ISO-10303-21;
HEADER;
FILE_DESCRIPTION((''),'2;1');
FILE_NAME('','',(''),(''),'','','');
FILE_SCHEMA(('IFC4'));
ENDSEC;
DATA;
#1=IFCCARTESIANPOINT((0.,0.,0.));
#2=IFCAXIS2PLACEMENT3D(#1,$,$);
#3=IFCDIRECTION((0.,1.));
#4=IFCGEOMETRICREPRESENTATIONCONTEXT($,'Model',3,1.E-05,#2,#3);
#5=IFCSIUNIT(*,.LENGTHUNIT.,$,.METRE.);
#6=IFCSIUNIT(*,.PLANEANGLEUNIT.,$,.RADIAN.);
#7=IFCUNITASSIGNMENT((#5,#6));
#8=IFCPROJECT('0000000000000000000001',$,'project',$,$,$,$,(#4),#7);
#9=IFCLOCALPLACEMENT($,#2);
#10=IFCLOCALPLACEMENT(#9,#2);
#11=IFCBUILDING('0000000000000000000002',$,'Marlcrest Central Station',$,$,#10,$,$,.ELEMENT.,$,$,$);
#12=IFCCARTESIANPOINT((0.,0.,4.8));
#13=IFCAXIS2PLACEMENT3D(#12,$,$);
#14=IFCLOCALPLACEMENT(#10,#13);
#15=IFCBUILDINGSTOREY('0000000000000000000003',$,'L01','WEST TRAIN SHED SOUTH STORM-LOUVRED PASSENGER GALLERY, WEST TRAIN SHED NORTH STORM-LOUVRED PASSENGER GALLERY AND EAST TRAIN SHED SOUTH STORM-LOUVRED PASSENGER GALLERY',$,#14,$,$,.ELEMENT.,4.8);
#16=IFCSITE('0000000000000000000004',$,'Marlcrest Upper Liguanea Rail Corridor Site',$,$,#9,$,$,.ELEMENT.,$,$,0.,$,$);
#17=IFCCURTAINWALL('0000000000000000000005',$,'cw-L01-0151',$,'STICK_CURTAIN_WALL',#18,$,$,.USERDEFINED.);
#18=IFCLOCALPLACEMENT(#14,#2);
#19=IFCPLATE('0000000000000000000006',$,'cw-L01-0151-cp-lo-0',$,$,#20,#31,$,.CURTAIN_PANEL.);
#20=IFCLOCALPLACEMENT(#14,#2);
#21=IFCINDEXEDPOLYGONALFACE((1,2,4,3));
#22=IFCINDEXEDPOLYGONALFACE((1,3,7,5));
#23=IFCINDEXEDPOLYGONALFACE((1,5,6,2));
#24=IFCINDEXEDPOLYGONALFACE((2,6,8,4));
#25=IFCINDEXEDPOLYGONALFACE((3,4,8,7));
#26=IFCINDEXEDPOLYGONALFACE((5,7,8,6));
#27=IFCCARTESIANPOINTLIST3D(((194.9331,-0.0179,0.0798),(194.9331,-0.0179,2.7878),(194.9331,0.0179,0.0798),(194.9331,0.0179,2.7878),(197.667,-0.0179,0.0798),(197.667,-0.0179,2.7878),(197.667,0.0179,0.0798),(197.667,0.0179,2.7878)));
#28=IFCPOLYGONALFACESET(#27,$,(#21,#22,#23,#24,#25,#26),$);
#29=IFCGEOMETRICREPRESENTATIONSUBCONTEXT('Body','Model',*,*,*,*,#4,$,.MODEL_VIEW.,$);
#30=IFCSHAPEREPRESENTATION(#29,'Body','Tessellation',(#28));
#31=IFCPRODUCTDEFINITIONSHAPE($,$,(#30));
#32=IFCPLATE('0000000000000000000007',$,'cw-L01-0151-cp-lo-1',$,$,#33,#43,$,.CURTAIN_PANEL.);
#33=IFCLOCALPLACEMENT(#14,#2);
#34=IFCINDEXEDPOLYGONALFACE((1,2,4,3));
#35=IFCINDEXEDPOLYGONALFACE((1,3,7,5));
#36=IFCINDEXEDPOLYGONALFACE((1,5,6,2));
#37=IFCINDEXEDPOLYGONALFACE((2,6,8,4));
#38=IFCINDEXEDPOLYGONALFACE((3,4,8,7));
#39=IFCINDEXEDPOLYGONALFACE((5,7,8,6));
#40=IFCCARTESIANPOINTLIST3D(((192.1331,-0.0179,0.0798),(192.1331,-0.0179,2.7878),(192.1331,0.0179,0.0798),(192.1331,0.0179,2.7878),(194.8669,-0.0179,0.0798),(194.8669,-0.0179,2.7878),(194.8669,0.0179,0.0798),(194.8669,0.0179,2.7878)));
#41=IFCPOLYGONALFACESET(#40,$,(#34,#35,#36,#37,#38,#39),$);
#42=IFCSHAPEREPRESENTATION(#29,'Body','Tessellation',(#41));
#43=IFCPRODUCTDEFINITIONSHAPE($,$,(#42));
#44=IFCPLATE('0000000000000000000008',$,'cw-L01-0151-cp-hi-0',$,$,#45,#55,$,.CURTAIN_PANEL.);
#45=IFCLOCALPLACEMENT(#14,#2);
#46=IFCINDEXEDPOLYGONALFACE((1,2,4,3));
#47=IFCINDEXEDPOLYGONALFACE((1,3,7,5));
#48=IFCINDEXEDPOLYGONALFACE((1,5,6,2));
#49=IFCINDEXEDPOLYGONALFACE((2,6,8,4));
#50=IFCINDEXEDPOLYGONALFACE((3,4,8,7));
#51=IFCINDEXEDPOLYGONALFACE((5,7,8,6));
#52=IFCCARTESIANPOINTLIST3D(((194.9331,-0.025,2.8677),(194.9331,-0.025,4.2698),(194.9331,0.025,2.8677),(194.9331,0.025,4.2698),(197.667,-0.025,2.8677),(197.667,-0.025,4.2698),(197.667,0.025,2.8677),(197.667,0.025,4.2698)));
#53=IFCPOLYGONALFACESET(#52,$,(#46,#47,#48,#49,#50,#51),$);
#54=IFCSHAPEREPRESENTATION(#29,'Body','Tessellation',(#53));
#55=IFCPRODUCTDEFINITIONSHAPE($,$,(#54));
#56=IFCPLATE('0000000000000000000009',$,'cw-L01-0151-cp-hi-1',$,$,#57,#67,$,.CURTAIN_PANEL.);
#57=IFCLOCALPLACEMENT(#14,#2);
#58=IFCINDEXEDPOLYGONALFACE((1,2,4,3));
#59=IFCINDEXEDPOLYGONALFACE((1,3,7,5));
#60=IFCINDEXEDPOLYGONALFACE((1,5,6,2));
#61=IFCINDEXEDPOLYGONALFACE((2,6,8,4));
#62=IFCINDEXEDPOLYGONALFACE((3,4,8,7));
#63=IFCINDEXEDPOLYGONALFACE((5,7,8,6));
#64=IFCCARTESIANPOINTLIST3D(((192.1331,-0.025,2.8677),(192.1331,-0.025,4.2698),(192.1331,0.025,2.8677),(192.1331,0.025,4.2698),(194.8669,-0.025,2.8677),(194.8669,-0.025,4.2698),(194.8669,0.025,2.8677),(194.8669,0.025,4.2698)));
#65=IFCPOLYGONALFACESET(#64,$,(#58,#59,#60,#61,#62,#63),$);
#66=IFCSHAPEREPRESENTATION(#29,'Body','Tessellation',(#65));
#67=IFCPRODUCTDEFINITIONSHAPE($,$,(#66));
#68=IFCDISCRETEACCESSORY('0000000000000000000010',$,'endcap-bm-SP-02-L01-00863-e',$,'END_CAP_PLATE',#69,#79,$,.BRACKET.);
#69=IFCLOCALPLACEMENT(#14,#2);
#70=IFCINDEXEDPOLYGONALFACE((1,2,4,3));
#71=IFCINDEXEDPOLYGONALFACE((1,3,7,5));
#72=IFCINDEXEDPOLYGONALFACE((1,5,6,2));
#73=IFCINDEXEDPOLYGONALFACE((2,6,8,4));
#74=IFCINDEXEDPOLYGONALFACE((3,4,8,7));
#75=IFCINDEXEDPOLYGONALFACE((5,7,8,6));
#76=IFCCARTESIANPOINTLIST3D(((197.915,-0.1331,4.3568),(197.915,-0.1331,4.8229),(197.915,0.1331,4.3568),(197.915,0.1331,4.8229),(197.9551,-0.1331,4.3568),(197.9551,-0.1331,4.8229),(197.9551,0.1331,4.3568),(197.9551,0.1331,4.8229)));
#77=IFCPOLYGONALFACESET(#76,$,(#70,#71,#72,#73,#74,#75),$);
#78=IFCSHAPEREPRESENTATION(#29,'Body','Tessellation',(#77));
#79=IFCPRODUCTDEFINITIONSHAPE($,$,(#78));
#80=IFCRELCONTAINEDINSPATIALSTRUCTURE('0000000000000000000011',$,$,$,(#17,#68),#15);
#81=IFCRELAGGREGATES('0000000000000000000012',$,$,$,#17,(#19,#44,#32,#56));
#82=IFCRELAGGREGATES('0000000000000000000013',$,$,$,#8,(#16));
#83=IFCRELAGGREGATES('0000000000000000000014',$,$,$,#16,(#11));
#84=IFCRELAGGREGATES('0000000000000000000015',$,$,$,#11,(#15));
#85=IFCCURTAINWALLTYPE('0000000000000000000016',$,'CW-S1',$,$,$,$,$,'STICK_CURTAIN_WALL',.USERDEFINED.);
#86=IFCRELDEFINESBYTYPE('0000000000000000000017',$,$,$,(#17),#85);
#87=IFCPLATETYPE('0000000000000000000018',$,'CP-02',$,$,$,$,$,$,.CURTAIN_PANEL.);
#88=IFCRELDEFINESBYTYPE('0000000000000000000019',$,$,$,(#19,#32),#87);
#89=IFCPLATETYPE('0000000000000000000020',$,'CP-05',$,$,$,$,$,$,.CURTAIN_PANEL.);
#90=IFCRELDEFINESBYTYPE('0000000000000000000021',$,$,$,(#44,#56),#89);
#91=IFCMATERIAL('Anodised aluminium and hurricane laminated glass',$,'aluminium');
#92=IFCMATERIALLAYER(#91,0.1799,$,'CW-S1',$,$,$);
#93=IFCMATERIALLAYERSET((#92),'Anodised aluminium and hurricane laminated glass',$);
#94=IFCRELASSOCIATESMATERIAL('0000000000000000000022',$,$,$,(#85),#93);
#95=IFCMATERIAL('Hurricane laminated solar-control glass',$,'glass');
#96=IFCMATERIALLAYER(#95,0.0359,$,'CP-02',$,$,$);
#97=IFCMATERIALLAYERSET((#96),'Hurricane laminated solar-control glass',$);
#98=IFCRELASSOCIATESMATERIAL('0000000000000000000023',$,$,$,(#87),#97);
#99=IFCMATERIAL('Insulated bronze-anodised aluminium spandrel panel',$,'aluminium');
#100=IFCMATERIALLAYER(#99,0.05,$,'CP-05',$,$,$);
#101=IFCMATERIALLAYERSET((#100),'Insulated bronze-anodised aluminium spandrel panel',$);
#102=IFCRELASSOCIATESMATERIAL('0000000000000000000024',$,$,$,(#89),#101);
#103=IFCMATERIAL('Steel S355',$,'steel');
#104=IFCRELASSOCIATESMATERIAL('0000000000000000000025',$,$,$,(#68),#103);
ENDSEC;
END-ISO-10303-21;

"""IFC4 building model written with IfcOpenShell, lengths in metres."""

from ifc_helpers import new_model, si_unit, direction, frame, origin, origin_2d, place, context, subcontext, project, spatial, rectangle, extrude, material, layer, layer_set, type_object, element, aggregate, save


model = new_model("IFC4")

# Units and contexts
model_context = context("Model", 3, precision=1e-05, world=origin(), true_north=direction((0.0, 1.0)))
body_context = subcontext(model_context, "Body", "Model", "MODEL_VIEW")
ifc_project = project(units=[si_unit("LENGTHUNIT", "METRE"), si_unit("PLANEANGLEUNIT", "RADIAN")], contexts=[model_context])

# Site, building, storey
site_placement = place(None, origin())
site = spatial("IfcSite", under=ifc_project, at=site_placement, Name="Marlcrest Upper Liguanea Rail Corridor Site", CompositionType="ELEMENT", RefElevation=0.0)
building_placement = place(site_placement, origin())
building = spatial("IfcBuilding", under=site, at=building_placement, Name="Marlcrest Central Station", CompositionType="ELEMENT")
storey_placement = place(building_placement, frame((0.0, 0.0, 4.8)))
storey = spatial("IfcBuildingStorey", under=building, at=storey_placement, Name="L01", Description="WEST TRAIN SHED SOUTH STORM-LOUVRED PASSENGER GALLERY, WEST TRAIN SHED NORTH STORM-LOUVRED PASSENGER GALLERY AND EAST TRAIN SHED SOUTH STORM-LOUVRED PASSENGER GALLERY", CompositionType="ELEMENT", Elevation=4.8)

# Shared definitions
ifc_material_1 = material(Name="Steel S355", Category="steel")

# Curtain wall, plates
ifc_material_2 = material(Name="Anodised aluminium and hurricane laminated glass", Category="aluminium")
ifc_layer_1 = layer(ifc_material_2, 0.1799, Name="CW-S1")
ifc_layer_set_1 = layer_set([ifc_layer_1], Name="Anodised aluminium and hurricane laminated glass")
curtain_wall_type = type_object("IfcCurtainWallType", Name="CW-S1", ElementType="STICK_CURTAIN_WALL", PredefinedType="USERDEFINED", material=ifc_layer_set_1)
curtain_wall_placement = place(storey_placement, origin())
curtain_wall = element("IfcCurtainWall", 1, at=curtain_wall_placement, inside=storey, type_object=curtain_wall_type, Name="cw-L01-0151", ObjectType="STICK_CURTAIN_WALL", PredefinedType="USERDEFINED")
ifc_material_3 = material(Name="Hurricane laminated solar-control glass", Category="glass")
ifc_layer_2 = layer(ifc_material_3, 0.0359, Name="CP-02")
ifc_layer_set_2 = layer_set([ifc_layer_2], Name="Hurricane laminated solar-control glass")
plate_type_1 = type_object("IfcPlateType", Name="CP-02", PredefinedType="CURTAIN_PANEL", material=ifc_layer_set_2)
plate_1_placement = place(storey_placement, frame((196.3, 0.0, 0.0798), z_axis=(0.0, 0.0, 1.0), x_axis=(-1.0, 0.0, 0.0)))
plate_1 = element("IfcPlate", 2, at=plate_1_placement, type_object=plate_type_1, Name="cw-L01-0151-cp-lo-0", PredefinedType="CURTAIN_PANEL", context=body_context, shape_type="SweptSolid", body=[
    extrude(rectangle(XDim=2.7339, YDim=0.0359, at=origin_2d()), origin(), (0.0, 0.0, 1.0), 2.708),
])
plate_2_placement = place(storey_placement, frame((193.5, 0.0, 0.0798), z_axis=(0.0, 0.0, 1.0), x_axis=(-1.0, 0.0, 0.0)))
plate_2 = element("IfcPlate", 3, at=plate_2_placement, type_object=plate_type_1, Name="cw-L01-0151-cp-lo-1", PredefinedType="CURTAIN_PANEL", context=body_context, shape_type="SweptSolid", body=[
    extrude(rectangle(XDim=2.7339, YDim=0.0359, at=origin_2d()), origin(), (0.0, 0.0, 1.0), 2.708),
])
ifc_material_4 = material(Name="Insulated bronze-anodised aluminium spandrel panel", Category="aluminium")
ifc_layer_3 = layer(ifc_material_4, 0.05, Name="CP-05")
ifc_layer_set_3 = layer_set([ifc_layer_3], Name="Insulated bronze-anodised aluminium spandrel panel")
plate_type_2 = type_object("IfcPlateType", Name="CP-05", PredefinedType="CURTAIN_PANEL", material=ifc_layer_set_3)
plate_3_placement = place(storey_placement, frame((196.3, 0.0, 2.8677), z_axis=(0.0, 0.0, 1.0), x_axis=(-1.0, 0.0, 0.0)))
plate_3 = element("IfcPlate", 4, at=plate_3_placement, type_object=plate_type_2, Name="cw-L01-0151-cp-hi-0", PredefinedType="CURTAIN_PANEL", context=body_context, shape_type="SweptSolid", body=[
    extrude(rectangle(XDim=2.7339, YDim=0.05, at=origin_2d()), origin(), (0.0, 0.0, 1.0), 1.4021),
])
plate_4_placement = place(storey_placement, frame((193.5, 0.0, 2.8677), z_axis=(0.0, 0.0, 1.0), x_axis=(-1.0, 0.0, 0.0)))
plate_4 = element("IfcPlate", 5, at=plate_4_placement, type_object=plate_type_2, Name="cw-L01-0151-cp-hi-1", PredefinedType="CURTAIN_PANEL", context=body_context, shape_type="SweptSolid", body=[
    extrude(rectangle(XDim=2.7339, YDim=0.05, at=origin_2d()), origin(), (0.0, 0.0, 1.0), 1.4021),
])
aggregate(curtain_wall, [plate_1, plate_3, plate_2, plate_4])

# Discrete accessory
discrete_accessory_placement = place(storey_placement, frame((197.915, 0.0, 4.5898), z_axis=(1.0, 0.0, 0.0), x_axis=(0.0, 1.0, 0.0)))
element("IfcDiscreteAccessory", 6, at=discrete_accessory_placement, inside=storey, material=ifc_material_1, Name="endcap-bm-SP-02-L01-00863-e", ObjectType="END_CAP_PLATE", PredefinedType="BRACKET", context=body_context, shape_type="SweptSolid", body=[
    extrude(rectangle(XDim=0.2661, YDim=0.4661, at=origin_2d()), origin(), (0.0, 0.0, 1.0), 0.04),
])

save(model, "model.ifc")
